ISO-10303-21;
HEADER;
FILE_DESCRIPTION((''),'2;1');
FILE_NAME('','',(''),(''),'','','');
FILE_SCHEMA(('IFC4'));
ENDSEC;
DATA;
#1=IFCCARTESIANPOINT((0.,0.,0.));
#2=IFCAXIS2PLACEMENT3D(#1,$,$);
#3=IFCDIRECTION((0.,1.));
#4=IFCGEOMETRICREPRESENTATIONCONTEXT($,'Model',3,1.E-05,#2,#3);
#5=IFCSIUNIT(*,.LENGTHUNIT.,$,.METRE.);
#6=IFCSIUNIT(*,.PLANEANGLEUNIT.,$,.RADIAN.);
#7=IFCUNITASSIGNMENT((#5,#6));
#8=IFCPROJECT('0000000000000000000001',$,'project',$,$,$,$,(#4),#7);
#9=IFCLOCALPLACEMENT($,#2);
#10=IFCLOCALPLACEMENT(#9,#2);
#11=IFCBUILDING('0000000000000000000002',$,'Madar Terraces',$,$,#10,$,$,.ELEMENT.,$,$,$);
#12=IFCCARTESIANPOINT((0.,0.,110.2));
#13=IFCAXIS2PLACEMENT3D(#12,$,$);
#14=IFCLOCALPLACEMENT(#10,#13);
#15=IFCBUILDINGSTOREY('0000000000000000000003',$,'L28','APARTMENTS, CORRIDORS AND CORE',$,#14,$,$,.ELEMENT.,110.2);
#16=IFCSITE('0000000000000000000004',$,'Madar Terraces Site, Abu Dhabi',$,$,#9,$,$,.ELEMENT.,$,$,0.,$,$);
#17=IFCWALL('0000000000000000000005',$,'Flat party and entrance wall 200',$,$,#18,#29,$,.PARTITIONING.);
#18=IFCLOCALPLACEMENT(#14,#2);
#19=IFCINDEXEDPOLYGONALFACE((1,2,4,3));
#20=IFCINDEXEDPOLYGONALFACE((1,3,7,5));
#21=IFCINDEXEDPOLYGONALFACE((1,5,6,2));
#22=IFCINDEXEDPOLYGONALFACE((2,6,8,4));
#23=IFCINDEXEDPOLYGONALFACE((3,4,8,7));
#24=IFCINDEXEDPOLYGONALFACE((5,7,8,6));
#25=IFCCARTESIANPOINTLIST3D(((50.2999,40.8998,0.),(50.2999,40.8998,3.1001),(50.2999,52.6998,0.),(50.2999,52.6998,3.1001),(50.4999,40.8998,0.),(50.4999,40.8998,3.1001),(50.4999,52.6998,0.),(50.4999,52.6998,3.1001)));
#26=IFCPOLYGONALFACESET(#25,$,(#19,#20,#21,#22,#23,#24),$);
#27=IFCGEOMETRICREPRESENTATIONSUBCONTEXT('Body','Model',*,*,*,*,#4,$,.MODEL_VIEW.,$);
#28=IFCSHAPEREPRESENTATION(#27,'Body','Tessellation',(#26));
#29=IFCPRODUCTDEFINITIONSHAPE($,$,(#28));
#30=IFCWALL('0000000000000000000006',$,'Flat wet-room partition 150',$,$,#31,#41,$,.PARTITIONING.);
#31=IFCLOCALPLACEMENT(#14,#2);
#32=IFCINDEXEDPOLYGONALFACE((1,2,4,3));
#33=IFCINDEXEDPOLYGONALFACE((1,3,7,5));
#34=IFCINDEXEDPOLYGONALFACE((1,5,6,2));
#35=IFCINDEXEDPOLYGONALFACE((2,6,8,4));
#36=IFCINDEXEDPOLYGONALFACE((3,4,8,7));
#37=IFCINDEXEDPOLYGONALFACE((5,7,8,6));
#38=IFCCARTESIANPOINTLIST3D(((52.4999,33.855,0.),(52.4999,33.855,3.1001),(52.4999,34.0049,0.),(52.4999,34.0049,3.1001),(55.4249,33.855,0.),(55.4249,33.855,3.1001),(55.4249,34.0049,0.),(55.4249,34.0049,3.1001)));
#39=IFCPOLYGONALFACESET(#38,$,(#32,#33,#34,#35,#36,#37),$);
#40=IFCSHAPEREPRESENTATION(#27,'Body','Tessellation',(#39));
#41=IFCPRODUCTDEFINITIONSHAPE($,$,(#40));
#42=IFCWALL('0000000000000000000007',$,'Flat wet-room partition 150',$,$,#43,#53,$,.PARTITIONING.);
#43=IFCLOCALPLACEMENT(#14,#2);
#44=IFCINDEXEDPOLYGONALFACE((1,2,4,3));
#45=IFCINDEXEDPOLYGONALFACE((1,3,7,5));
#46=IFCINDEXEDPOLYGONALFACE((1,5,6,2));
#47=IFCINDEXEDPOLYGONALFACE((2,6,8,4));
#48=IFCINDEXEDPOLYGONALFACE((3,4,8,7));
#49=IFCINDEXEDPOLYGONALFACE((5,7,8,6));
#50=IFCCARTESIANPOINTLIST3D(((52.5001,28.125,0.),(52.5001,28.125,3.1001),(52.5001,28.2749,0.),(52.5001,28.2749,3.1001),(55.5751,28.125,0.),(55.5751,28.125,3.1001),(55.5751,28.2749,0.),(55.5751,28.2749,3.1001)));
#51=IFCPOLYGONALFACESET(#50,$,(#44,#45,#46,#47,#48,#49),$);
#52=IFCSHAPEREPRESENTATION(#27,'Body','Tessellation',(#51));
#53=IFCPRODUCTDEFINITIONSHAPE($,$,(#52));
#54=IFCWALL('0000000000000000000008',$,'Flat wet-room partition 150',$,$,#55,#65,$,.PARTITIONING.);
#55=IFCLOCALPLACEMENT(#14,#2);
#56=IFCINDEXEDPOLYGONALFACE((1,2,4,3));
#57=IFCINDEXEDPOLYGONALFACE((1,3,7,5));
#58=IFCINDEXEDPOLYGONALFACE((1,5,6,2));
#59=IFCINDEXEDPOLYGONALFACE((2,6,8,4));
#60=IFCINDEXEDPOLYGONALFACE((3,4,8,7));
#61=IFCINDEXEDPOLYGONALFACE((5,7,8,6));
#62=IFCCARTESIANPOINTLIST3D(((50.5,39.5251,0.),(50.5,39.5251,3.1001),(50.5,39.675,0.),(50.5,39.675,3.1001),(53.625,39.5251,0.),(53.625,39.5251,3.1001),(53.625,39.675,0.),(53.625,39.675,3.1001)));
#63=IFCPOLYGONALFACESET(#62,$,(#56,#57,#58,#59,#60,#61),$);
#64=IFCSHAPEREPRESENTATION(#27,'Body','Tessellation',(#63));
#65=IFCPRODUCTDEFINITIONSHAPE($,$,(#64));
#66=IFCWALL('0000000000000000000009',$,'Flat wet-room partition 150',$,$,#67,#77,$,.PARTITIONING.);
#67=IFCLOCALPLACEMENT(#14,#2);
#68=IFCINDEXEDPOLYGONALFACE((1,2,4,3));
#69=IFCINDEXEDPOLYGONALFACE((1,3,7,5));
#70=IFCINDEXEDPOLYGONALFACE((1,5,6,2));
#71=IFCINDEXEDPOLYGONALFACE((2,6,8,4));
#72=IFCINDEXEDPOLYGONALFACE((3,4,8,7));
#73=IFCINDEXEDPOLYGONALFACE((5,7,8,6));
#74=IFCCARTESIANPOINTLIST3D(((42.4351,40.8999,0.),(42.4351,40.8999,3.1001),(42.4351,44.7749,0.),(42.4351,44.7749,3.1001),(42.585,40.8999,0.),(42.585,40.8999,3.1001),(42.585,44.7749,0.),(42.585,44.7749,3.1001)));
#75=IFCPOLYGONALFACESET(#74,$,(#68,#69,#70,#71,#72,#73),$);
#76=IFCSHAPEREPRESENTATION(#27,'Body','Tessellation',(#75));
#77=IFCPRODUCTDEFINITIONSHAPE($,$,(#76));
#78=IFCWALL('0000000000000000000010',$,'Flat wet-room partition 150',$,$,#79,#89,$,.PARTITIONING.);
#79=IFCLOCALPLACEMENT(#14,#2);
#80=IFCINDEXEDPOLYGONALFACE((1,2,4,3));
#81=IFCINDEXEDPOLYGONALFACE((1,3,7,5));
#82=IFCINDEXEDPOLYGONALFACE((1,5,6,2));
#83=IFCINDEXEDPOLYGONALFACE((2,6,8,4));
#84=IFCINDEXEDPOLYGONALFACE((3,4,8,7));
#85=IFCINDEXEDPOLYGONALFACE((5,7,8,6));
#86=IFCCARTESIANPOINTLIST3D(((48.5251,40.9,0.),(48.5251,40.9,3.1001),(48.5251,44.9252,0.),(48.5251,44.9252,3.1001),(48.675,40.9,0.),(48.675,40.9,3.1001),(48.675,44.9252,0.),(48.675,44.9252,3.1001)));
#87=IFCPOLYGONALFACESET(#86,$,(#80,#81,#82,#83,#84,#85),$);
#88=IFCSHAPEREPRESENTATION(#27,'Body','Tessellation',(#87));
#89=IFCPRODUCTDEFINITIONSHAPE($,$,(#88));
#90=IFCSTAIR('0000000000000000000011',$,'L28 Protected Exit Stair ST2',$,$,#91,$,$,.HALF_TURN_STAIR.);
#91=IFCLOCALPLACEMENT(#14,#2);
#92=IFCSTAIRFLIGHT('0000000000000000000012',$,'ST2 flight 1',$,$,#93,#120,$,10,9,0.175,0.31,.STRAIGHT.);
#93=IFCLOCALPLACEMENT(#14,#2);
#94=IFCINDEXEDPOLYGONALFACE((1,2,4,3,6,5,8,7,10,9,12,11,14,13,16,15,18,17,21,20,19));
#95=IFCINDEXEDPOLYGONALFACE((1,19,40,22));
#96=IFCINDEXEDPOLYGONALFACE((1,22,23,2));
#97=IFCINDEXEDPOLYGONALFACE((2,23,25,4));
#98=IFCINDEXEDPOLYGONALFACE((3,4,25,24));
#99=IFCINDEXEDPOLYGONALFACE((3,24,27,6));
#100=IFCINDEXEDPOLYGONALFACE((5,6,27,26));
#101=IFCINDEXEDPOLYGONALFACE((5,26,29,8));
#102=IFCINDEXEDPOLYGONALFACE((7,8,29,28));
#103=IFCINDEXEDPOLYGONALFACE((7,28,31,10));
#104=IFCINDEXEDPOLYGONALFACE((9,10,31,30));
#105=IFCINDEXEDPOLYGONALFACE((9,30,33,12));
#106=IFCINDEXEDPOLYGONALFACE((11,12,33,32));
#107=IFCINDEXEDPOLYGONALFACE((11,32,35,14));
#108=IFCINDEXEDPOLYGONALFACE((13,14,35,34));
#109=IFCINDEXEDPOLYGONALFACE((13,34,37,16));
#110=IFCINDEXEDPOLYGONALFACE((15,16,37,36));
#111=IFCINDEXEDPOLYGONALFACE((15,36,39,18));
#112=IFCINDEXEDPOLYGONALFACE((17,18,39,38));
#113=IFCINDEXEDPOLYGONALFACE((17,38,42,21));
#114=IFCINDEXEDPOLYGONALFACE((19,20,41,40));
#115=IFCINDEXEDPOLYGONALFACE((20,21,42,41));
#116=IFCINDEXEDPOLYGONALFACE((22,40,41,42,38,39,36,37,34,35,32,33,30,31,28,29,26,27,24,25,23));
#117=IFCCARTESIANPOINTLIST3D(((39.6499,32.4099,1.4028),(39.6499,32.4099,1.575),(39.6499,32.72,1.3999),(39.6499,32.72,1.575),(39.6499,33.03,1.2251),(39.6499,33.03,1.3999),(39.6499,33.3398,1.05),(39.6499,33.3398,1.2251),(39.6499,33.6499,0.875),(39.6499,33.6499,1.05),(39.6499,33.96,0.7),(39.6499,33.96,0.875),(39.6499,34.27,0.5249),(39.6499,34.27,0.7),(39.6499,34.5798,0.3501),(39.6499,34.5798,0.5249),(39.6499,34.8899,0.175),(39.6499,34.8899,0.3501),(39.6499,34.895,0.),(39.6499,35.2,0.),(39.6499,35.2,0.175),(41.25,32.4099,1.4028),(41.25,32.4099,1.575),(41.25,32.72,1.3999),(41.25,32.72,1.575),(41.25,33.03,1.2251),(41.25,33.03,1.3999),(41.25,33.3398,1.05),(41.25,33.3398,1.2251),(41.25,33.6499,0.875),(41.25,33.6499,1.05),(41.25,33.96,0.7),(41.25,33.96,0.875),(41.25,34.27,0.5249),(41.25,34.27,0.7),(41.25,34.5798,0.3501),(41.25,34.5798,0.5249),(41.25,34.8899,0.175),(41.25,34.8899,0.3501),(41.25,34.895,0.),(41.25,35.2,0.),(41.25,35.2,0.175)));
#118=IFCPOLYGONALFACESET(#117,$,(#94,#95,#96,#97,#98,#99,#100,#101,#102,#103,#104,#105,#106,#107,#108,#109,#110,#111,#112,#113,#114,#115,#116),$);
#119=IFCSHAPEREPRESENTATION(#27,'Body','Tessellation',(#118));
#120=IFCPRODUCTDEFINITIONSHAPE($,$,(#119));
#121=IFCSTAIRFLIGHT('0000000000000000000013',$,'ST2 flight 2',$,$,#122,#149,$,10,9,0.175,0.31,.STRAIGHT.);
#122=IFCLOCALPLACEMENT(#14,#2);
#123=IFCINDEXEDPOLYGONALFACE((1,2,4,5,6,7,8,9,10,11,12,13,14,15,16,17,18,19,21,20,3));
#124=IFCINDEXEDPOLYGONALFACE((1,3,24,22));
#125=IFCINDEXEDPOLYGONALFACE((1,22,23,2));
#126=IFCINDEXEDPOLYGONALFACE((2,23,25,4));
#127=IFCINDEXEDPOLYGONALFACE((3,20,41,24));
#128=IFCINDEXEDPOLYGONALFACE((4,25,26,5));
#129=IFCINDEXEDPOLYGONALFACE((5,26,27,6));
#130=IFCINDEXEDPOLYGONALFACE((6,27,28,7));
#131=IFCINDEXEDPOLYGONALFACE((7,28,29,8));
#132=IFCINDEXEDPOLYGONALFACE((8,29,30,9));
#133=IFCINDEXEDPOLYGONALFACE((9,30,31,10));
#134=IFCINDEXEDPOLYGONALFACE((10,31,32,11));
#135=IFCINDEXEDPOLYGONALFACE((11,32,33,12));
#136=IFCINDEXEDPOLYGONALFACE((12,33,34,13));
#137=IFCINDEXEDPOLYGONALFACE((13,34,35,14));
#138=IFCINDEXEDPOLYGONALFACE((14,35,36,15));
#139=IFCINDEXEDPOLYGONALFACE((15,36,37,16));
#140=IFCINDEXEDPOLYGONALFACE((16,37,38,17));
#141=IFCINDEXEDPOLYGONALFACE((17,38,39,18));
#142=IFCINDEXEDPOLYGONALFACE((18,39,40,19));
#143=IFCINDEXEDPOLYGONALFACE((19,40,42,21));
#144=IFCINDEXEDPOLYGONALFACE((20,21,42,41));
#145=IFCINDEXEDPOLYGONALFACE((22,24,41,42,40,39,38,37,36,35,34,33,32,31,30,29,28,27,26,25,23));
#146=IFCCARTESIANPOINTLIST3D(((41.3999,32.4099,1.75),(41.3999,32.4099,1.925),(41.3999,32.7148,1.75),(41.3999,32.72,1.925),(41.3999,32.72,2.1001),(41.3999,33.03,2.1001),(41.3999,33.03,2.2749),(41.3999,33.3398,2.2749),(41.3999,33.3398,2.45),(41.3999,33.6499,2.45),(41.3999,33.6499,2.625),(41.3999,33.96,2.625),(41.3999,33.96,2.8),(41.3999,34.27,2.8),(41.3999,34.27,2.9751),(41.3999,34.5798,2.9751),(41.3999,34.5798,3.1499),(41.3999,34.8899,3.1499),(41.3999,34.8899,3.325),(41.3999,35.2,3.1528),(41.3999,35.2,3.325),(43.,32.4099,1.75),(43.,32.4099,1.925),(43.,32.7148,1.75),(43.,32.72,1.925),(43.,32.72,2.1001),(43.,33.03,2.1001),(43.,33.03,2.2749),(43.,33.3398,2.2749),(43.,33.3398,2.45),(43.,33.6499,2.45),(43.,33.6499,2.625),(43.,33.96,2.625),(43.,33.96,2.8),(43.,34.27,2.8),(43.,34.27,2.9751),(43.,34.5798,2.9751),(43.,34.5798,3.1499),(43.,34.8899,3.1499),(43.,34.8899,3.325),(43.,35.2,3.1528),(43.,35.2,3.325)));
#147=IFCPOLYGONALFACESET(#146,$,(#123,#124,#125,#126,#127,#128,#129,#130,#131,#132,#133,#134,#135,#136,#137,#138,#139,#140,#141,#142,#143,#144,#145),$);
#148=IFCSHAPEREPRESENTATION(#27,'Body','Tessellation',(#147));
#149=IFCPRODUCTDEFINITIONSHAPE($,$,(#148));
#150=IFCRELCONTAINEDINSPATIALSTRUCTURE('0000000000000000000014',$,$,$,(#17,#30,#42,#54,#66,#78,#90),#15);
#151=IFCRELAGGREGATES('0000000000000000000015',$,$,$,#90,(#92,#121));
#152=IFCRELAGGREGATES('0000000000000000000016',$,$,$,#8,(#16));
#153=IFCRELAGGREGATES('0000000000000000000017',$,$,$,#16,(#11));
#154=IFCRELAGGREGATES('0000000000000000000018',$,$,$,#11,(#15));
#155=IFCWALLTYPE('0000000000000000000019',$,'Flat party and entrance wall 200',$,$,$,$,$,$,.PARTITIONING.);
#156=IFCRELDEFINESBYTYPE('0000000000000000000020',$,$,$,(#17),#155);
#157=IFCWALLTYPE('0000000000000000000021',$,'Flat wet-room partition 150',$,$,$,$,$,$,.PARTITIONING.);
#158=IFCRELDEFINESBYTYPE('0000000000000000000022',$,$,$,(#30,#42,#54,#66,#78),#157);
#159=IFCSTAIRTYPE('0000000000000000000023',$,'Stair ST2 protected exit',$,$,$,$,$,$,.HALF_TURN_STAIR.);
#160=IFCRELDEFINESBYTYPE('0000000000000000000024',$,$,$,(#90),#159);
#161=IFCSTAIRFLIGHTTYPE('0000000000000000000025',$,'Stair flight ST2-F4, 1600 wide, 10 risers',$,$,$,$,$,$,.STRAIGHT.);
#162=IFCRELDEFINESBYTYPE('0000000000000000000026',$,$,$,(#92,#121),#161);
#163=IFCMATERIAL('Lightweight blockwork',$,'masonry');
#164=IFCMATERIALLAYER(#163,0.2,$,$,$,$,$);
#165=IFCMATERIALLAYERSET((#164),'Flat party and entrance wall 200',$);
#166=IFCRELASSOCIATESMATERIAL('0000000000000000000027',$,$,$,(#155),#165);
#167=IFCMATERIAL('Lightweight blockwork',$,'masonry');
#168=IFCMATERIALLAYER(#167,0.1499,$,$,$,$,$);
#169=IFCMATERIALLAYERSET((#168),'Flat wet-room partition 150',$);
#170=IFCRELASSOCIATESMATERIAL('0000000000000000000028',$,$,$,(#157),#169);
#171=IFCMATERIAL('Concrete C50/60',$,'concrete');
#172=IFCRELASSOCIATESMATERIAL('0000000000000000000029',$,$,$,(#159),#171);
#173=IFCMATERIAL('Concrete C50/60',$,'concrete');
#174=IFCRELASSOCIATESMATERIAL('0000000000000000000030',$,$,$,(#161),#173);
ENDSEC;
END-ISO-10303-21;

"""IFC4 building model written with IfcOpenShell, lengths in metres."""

from ifc_helpers import new_model, si_unit, direction, frame, frame_2d, origin, place, context, subcontext, project, spatial, polyline, rectangle, outline, extrude, material, layer, layer_set, type_object, element, aggregate, save


model = new_model("IFC4")

# Units and contexts
model_context = context("Model", 3, precision=1e-05, world=origin(), true_north=direction((0.0, 1.0)))
body_context = subcontext(model_context, "Body", "Model", "MODEL_VIEW")
ifc_project = project(units=[si_unit("LENGTHUNIT", "METRE"), si_unit("PLANEANGLEUNIT", "RADIAN")], contexts=[model_context])

# Site, building, storey
site_placement = place(None, origin())
site = spatial("IfcSite", under=ifc_project, at=site_placement, Name="Madar Terraces Site, Abu Dhabi", CompositionType="ELEMENT", RefElevation=0.0)
building_placement = place(site_placement, origin())
building = spatial("IfcBuilding", under=site, at=building_placement, Name="Madar Terraces", CompositionType="ELEMENT")
storey_placement = place(building_placement, frame((0.0, 0.0, 110.2)))
storey = spatial("IfcBuildingStorey", under=building, at=storey_placement, Name="L28", Description="APARTMENTS, CORRIDORS AND CORE", CompositionType="ELEMENT", Elevation=110.2)

# Shared definitions
ifc_material_1 = material(Name="Lightweight blockwork", Category="masonry")
ifc_layer_1 = layer(ifc_material_1, 0.2)
ifc_layer_set_1 = layer_set([ifc_layer_1], Name="Flat party and entrance wall 200")
wall_type_1 = type_object("IfcWallType", Name="Flat party and entrance wall 200", PredefinedType="PARTITIONING", material=ifc_layer_set_1)

# Walls
wall_1_placement = place(storey_placement, frame((50.3999, 40.8999, 0.0), z_axis=(0.0, 0.0, 1.0), x_axis=(0.0, 1.0, 0.0)))
element("IfcWall", 1, at=wall_1_placement, inside=storey, type_object=wall_type_1, Name="Flat party and entrance wall 200", PredefinedType="PARTITIONING", context=body_context, shape_type="SweptSolid", body=[
    extrude(rectangle(XDim=11.8, YDim=0.2, at=frame_2d((5.8999, 0.0))), origin(), (0.0, 0.0, 1.0), 3.1001),
])
ifc_material_2 = material(Name="Lightweight blockwork", Category="masonry")
ifc_layer_2 = layer(ifc_material_2, 0.1499)
ifc_layer_set_2 = layer_set([ifc_layer_2], Name="Flat wet-room partition 150")
wall_type_2 = type_object("IfcWallType", Name="Flat wet-room partition 150", PredefinedType="PARTITIONING", material=ifc_layer_set_2)
wall_2_placement = place(storey_placement, frame((52.5, 33.9299, 0.0), z_axis=(0.0, 0.0, 1.0), x_axis=(1.0, 0.0, 0.0)))
element("IfcWall", 2, at=wall_2_placement, inside=storey, type_object=wall_type_2, Name="Flat wet-room partition 150", PredefinedType="PARTITIONING", context=body_context, shape_type="SweptSolid", body=[
    extrude(rectangle(XDim=2.925, YDim=0.1499, at=frame_2d((1.4624, 0.0))), origin(), (0.0, 0.0, 1.0), 3.1001),
])
wall_3_placement = place(storey_placement, frame((52.5, 28.2, 0.0), z_axis=(0.0, 0.0, 1.0), x_axis=(1.0, 0.0, 0.0)))
element("IfcWall", 3, at=wall_3_placement, inside=storey, type_object=wall_type_2, Name="Flat wet-room partition 150", PredefinedType="PARTITIONING", context=body_context, shape_type="SweptSolid", body=[
    extrude(rectangle(XDim=3.075, YDim=0.1499, at=frame_2d((1.5376, 0.0))), origin(), (0.0, 0.0, 1.0), 3.1001),
])
wall_4_placement = place(storey_placement, frame((50.5, 39.6001, 0.0), z_axis=(0.0, 0.0, 1.0), x_axis=(1.0, 0.0, 0.0)))
element("IfcWall", 4, at=wall_4_placement, inside=storey, type_object=wall_type_2, Name="Flat wet-room partition 150", PredefinedType="PARTITIONING", context=body_context, shape_type="SweptSolid", body=[
    extrude(rectangle(XDim=3.125, YDim=0.1499, at=frame_2d((1.5625, 0.0))), origin(), (0.0, 0.0, 1.0), 3.1001),
])
wall_5_placement = place(storey_placement, frame((42.51, 40.8999, 0.0), z_axis=(0.0, 0.0, 1.0), x_axis=(0.0, 1.0, 0.0)))
element("IfcWall", 5, at=wall_5_placement, inside=storey, type_object=wall_type_2, Name="Flat wet-room partition 150", PredefinedType="PARTITIONING", context=body_context, shape_type="SweptSolid", body=[
    extrude(rectangle(XDim=3.875, YDim=0.1499, at=frame_2d((1.9375, 0.0))), origin(), (0.0, 0.0, 1.0), 3.1001),
])
wall_6_placement = place(storey_placement, frame((48.6001, 40.8999, 0.0), z_axis=(0.0, 0.0, 1.0), x_axis=(0.0, 1.0, 0.0)))
element("IfcWall", 6, at=wall_6_placement, inside=storey, type_object=wall_type_2, Name="Flat wet-room partition 150", PredefinedType="PARTITIONING", context=body_context, shape_type="SweptSolid", body=[
    extrude(rectangle(XDim=4.0251, YDim=0.1499, at=frame_2d((2.0127, 0.0))), origin(), (0.0, 0.0, 1.0), 3.1001),
])

# Stair, stair flights
ifc_material_3 = material(Name="Concrete C50/60", Category="concrete")
stair_type = type_object("IfcStairType", Name="Stair ST2 protected exit", PredefinedType="HALF_TURN_STAIR", material=ifc_material_3)
stair_placement = place(storey_placement, origin())
stair = element("IfcStair", 7, at=stair_placement, inside=storey, type_object=stair_type, Name="L28 Protected Exit Stair ST2", PredefinedType="HALF_TURN_STAIR")
ifc_material_4 = material(Name="Concrete C50/60", Category="concrete")
stair_flight_type = type_object("IfcStairFlightType", Name="Stair flight ST2-F4, 1600 wide, 10 risers", PredefinedType="STRAIGHT", material=ifc_material_4)
stair_flight_1_placement = place(storey_placement, frame((40.45, 35.2, 0.0), z_axis=(0.0, 0.0, 1.0), x_axis=(0.0, -1.0, 0.0)))
stair_flight_1 = element("IfcStairFlight", 8, at=stair_flight_1_placement, type_object=stair_flight_type, Name="ST2 flight 1", NumberOfRisers=10, NumberOfTreads=9, PredefinedType="STRAIGHT", RiserHeight=0.175, TreadLength=0.31, context=body_context, shape_type="SweptSolid", body=[
    extrude(outline(polyline([(0.0, 0.0), (0.0, 0.175), (0.3101, 0.175), (0.3101, 0.3501), (0.6201, 0.3501), (0.6201, 0.5249), (0.9299, 0.5249), (0.9299, 0.7), (1.24, 0.7), (1.24, 0.875), (1.55, 0.875), (1.55, 1.05), (1.8601, 1.05), (1.8601, 1.2251), (2.1699, 1.2251), (2.1699, 1.3999), (2.48, 1.3999), (2.48, 1.575), (2.79, 1.575), (2.79, 1.75), (2.79, 1.4028), (0.3049, 0.0), (0.0, 0.0)])), frame((0.0, 0.8, 0.0), z_axis=(0.0, -1.0, 0.0), x_axis=(1.0, 0.0, 0.0)), (0.0, 0.0, 1.0), 1.6001),
])
stair_flight_2_placement = place(storey_placement, frame((42.2, 32.4099, 1.75), z_axis=(0.0, 0.0, 1.0), x_axis=(0.0, 1.0, 0.0)))
stair_flight_2 = element("IfcStairFlight", 9, at=stair_flight_2_placement, type_object=stair_flight_type, Name="ST2 flight 2", NumberOfRisers=10, NumberOfTreads=9, PredefinedType="STRAIGHT", RiserHeight=0.175, TreadLength=0.31, context=body_context, shape_type="SweptSolid", body=[
    extrude(outline(polyline([(0.0, 0.0), (0.0, 0.175), (0.3101, 0.175), (0.3101, 0.3501), (0.6201, 0.3501), (0.6201, 0.5249), (0.9299, 0.5249), (0.9299, 0.7), (1.24, 0.7), (1.24, 0.875), (1.55, 0.875), (1.55, 1.05), (1.8601, 1.05), (1.8601, 1.2251), (2.1699, 1.2251), (2.1699, 1.3999), (2.48, 1.3999), (2.48, 1.575), (2.79, 1.575), (2.79, 1.75), (2.79, 1.4028), (0.3049, 0.0), (0.0, 0.0)])), frame((0.0, 0.8, 0.0), z_axis=(0.0, -1.0, 0.0), x_axis=(1.0, 0.0, 0.0)), (0.0, 0.0, 1.0), 1.6001),
])
aggregate(stair, [stair_flight_1, stair_flight_2])

save(model, "model.ifc")
